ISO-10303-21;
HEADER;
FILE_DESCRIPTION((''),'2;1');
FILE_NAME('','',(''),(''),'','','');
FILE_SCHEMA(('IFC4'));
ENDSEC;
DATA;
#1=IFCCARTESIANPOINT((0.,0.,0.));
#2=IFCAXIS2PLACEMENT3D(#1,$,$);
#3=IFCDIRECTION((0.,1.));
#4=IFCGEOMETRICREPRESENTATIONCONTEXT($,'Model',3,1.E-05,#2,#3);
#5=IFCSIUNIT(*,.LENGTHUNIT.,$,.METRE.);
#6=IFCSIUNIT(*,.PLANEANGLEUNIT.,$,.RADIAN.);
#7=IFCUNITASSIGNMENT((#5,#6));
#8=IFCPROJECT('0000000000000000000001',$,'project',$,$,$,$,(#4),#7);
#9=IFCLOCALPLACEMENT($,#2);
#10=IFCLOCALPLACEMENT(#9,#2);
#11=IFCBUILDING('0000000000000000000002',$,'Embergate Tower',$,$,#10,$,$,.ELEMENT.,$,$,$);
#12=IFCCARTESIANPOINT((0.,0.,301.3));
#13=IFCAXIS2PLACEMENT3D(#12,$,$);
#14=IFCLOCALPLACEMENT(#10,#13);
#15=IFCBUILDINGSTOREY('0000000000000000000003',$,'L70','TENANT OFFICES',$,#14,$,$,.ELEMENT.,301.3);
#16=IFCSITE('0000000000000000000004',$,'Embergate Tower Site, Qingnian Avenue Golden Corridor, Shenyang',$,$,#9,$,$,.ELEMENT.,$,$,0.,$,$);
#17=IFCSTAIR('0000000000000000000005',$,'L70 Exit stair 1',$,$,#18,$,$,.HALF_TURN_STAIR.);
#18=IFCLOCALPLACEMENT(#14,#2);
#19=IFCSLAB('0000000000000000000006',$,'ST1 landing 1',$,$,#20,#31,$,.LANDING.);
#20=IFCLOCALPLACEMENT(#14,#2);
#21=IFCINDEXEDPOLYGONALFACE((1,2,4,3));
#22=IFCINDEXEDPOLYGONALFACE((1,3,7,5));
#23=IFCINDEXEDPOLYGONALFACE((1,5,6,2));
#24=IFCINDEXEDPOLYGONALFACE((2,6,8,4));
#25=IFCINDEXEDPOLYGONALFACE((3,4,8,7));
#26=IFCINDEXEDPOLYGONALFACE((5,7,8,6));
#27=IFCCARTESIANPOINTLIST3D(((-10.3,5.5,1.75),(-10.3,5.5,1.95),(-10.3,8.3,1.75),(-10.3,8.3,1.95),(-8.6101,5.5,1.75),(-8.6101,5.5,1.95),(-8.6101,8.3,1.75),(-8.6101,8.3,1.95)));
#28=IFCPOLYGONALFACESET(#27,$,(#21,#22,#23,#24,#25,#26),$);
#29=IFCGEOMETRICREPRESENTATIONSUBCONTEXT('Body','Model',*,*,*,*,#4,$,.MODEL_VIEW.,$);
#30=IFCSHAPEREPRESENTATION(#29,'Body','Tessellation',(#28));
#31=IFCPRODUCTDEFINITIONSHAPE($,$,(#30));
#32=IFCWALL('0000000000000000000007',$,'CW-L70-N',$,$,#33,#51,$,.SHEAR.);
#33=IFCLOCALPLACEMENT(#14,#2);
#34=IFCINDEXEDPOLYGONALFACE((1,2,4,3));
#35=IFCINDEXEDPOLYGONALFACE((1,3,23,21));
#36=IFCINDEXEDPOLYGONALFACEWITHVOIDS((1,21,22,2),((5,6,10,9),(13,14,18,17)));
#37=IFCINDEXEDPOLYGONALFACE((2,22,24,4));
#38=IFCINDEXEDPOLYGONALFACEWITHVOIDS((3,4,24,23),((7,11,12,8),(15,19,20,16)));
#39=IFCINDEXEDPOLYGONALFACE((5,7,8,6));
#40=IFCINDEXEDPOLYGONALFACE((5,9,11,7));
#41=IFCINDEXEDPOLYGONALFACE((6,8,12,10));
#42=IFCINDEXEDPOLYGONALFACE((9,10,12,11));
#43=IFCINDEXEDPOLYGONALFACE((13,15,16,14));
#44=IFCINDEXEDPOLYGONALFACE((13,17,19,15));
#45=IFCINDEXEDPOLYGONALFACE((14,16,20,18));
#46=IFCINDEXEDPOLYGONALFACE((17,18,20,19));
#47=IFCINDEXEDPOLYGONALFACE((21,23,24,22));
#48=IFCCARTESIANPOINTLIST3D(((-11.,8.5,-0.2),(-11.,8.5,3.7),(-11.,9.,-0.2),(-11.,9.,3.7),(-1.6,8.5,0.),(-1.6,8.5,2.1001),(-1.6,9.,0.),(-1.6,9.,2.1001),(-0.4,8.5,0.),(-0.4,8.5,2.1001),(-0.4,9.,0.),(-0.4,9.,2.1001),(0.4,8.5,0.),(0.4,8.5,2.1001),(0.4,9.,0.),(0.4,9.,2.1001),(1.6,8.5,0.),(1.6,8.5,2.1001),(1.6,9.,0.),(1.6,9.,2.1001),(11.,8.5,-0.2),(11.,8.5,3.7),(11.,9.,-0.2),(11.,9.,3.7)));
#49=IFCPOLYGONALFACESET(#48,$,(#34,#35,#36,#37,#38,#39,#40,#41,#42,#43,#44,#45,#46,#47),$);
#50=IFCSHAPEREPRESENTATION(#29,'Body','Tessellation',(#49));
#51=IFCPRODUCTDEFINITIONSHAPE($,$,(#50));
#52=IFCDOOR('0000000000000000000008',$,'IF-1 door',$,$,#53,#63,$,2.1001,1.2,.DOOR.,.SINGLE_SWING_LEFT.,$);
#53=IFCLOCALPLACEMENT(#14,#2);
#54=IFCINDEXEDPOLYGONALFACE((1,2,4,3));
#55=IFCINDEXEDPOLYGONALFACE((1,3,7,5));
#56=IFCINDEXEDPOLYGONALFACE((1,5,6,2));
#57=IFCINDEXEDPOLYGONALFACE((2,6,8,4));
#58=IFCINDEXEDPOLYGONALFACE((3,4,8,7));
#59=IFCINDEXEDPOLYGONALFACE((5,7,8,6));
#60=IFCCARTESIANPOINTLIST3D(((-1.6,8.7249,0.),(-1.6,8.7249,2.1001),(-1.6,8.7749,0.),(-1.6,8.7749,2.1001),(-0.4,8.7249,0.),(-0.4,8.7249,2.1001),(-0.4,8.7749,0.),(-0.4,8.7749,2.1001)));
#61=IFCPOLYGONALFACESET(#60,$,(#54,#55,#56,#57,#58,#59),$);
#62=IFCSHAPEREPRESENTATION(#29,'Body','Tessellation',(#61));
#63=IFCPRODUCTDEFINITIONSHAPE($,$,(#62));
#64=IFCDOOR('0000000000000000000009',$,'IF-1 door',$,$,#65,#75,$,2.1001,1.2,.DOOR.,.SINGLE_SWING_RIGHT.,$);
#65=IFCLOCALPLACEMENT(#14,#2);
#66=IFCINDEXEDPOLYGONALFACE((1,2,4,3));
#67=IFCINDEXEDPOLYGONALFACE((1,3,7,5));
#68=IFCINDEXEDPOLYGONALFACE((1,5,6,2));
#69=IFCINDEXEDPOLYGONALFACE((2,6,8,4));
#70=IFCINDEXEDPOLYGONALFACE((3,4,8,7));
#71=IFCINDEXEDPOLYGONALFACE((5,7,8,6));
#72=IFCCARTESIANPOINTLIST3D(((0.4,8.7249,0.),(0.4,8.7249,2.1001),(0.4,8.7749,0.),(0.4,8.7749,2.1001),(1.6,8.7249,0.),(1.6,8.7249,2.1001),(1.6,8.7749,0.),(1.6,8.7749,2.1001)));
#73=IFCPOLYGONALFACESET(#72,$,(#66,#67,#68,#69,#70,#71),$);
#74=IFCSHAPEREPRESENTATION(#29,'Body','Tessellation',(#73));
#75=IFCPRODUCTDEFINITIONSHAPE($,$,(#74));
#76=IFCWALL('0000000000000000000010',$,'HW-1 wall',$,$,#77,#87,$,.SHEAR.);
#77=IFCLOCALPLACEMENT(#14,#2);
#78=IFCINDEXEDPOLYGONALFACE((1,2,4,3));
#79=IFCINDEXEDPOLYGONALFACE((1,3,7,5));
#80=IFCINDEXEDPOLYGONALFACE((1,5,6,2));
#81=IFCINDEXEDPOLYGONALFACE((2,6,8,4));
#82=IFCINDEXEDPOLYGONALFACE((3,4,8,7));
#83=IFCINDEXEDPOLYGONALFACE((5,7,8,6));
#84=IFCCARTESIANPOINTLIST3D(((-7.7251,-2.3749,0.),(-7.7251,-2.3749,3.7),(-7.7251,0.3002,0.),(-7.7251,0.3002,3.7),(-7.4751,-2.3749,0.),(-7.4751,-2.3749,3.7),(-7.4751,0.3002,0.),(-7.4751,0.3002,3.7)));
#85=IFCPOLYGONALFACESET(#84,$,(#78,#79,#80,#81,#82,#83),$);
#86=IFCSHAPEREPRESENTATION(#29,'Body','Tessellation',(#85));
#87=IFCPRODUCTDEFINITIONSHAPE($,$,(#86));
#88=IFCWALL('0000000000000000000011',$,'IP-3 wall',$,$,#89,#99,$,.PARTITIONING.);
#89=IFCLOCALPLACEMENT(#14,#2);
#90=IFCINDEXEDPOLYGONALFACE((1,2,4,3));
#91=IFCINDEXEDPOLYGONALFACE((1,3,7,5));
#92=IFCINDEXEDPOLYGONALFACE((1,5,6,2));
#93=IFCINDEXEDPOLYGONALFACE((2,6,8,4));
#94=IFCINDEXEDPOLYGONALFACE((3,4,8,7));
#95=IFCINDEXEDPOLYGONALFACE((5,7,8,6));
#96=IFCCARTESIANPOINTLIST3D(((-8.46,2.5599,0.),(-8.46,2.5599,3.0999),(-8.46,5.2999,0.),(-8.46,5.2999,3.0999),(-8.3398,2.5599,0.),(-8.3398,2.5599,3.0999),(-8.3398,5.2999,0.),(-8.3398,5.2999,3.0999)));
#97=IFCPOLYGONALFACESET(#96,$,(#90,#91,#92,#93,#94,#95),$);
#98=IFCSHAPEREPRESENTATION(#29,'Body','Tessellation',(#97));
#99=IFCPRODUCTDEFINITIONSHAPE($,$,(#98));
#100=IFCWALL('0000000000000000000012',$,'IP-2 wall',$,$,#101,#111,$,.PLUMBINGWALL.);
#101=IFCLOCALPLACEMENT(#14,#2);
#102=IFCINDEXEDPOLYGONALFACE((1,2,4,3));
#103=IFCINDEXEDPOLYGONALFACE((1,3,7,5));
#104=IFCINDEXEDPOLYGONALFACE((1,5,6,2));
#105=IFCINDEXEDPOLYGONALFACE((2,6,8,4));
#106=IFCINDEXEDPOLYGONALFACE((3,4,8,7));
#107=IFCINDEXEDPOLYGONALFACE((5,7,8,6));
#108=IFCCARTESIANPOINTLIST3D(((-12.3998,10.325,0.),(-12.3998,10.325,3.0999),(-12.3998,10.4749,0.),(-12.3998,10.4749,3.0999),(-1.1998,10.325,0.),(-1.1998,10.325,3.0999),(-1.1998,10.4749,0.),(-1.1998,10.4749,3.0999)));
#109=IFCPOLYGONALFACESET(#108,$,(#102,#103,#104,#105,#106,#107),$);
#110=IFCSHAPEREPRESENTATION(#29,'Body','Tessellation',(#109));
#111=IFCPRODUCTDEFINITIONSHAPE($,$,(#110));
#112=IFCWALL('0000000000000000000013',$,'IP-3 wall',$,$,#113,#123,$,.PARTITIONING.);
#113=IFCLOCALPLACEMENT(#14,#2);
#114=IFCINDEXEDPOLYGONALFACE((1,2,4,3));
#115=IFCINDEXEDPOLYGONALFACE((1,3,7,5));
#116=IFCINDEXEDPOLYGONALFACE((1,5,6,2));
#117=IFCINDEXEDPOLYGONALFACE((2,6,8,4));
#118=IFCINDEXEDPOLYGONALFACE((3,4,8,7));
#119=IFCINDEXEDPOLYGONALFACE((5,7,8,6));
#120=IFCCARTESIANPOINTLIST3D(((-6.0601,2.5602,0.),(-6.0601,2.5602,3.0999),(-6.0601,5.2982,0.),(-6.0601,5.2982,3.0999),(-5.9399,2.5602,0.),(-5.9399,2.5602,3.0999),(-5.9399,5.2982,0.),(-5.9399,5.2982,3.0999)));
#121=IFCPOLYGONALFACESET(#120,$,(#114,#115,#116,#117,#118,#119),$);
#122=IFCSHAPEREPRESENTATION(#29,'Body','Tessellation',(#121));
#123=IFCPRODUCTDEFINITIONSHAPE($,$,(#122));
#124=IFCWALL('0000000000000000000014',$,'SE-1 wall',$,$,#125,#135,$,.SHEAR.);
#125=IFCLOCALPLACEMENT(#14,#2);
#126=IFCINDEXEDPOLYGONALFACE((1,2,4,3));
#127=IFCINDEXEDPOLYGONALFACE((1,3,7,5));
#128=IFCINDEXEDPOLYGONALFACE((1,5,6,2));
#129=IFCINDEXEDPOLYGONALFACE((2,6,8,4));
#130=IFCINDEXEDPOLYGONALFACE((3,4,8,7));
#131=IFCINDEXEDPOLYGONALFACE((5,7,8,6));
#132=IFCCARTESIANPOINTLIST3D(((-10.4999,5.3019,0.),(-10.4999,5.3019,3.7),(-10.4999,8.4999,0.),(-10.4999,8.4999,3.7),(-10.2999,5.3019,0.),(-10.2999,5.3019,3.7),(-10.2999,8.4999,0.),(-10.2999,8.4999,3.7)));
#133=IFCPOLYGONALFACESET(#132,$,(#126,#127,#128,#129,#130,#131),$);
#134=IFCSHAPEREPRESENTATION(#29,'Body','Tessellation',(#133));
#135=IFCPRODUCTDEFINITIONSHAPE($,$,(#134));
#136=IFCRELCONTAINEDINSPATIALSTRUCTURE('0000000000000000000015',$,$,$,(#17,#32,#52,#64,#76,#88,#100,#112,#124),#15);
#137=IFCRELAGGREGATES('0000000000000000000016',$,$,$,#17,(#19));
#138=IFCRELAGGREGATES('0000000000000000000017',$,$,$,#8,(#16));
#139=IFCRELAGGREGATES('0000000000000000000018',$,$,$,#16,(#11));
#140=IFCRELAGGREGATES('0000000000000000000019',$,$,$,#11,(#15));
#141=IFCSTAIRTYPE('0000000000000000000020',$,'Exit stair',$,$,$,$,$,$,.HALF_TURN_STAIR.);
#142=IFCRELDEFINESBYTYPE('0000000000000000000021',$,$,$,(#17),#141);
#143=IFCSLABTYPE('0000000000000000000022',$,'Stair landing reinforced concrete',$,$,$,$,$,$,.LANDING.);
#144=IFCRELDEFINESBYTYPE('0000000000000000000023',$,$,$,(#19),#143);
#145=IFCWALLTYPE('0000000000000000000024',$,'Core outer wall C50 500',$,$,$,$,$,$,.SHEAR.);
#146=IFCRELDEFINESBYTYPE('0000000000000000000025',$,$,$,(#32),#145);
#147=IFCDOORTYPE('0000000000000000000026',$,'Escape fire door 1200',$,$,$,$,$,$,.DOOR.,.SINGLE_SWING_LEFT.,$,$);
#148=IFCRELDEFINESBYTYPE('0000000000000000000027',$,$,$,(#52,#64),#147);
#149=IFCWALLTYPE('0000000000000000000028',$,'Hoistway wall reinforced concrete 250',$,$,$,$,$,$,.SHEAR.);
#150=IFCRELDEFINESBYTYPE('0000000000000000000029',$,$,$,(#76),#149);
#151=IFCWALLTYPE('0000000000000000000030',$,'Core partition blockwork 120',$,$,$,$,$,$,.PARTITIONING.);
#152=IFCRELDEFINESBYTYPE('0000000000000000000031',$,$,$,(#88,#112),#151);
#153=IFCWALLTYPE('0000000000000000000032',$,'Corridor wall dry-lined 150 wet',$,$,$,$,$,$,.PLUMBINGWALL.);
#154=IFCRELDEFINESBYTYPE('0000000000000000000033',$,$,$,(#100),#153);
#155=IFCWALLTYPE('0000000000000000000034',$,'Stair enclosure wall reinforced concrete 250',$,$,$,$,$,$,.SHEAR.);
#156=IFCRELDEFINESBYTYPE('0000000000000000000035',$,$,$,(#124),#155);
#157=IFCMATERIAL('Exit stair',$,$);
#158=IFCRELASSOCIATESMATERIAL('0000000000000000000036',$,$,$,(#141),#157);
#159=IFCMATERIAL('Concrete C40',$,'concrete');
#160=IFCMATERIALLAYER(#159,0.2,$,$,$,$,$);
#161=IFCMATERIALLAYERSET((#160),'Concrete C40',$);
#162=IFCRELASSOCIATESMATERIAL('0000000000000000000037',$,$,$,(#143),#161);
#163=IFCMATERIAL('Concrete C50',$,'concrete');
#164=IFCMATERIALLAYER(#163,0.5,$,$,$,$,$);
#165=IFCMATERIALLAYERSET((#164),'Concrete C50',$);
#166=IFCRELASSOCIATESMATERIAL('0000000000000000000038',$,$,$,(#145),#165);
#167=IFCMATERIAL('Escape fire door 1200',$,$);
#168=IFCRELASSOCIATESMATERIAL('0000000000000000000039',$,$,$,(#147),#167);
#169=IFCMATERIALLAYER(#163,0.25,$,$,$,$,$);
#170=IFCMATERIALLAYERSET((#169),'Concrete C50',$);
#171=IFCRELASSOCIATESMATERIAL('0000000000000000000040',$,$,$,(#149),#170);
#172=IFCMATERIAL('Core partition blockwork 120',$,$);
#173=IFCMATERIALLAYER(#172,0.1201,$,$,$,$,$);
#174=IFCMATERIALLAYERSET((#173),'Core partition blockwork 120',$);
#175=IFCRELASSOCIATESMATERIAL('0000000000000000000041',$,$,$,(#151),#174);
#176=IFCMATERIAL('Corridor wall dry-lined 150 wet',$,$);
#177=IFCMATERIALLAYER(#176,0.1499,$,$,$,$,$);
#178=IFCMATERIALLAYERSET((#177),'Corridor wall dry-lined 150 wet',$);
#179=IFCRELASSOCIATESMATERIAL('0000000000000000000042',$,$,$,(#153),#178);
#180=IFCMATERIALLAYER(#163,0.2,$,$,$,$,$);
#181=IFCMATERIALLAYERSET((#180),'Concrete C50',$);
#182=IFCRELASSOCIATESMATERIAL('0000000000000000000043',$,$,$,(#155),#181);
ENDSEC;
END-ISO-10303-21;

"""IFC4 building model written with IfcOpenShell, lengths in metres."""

from ifc_helpers import new_model, si_unit, direction, frame, frame_2d, origin, place, context, subcontext, project, spatial, polyline, rectangle, outline, extrude, source, transform, mapped, material, layer, layer_set, type_object, element, fill, aggregate, save


model = new_model("IFC4")

# Units and contexts
model_context = context("Model", 3, precision=1e-05, world=origin(), true_north=direction((0.0, 1.0)))
body_context = subcontext(model_context, "Body", "Model", "MODEL_VIEW")
ifc_project = project(units=[si_unit("LENGTHUNIT", "METRE"), si_unit("PLANEANGLEUNIT", "RADIAN")], contexts=[model_context])

# Site, building, storey
site_placement = place(None, origin())
site = spatial("IfcSite", under=ifc_project, at=site_placement, Name="Embergate Tower Site, Qingnian Avenue Golden Corridor, Shenyang", CompositionType="ELEMENT", RefElevation=0.0)
building_placement = place(site_placement, origin())
building = spatial("IfcBuilding", under=site, at=building_placement, Name="Embergate Tower", CompositionType="ELEMENT")
storey_placement = place(building_placement, frame((0.0, 0.0, 301.3)))
storey = spatial("IfcBuildingStorey", under=building, at=storey_placement, Name="L70", Description="TENANT OFFICES", CompositionType="ELEMENT", Elevation=301.3)

# Stair, slab
ifc_material_1 = material(Name="Exit stair")
stair_type = type_object("IfcStairType", Name="Exit stair", PredefinedType="HALF_TURN_STAIR", material=ifc_material_1)
stair_placement = place(storey_placement, origin())
stair = element("IfcStair", 1, at=stair_placement, inside=storey, type_object=stair_type, Name="L70 Exit stair 1", PredefinedType="HALF_TURN_STAIR")
ifc_material_2 = material(Name="Concrete C40", Category="concrete")
ifc_layer_1 = layer(ifc_material_2, 0.2)
ifc_layer_set_1 = layer_set([ifc_layer_1], Name="Concrete C40")
slab_type = type_object("IfcSlabType", Name="Stair landing reinforced concrete", PredefinedType="LANDING", material=ifc_layer_set_1)
shared_shape_1 = source(origin(), body_context, "Body", "SweptSolid", [
    extrude(outline(polyline([(0.0, 0.0), (1.6899, 0.0), (1.6899, 2.8), (0.0, 2.8), (0.0, 0.0)])), origin(), (0.0, 0.0, 1.0), 0.2),
])
slab_placement = place(storey_placement, frame((-10.3, 5.5, 1.75)))
slab = element("IfcSlab", 2, at=slab_placement, type_object=slab_type, Name="ST1 landing 1", PredefinedType="LANDING", context=body_context, shape_type="MappedRepresentation", body=[
    mapped(shared_shape_1, transform((0.0, 0.0, 0.0))),
])

# Wall, openings, doors
ifc_material_3 = material(Name="Concrete C50", Category="concrete")
ifc_layer_2 = layer(ifc_material_3, 0.5)
ifc_layer_set_2 = layer_set([ifc_layer_2], Name="Concrete C50")
wall_type_1 = type_object("IfcWallType", Name="Core outer wall C50 500", PredefinedType="SHEAR", material=ifc_layer_set_2)
shared_shape_2 = source(origin(), body_context, "Body", "SweptSolid", [
    extrude(rectangle(XDim=22.0, YDim=0.5, at=frame_2d((11.0, 0.0))), origin(), (0.0, 0.0, 1.0), 3.8999),
])
wall_1_placement = place(storey_placement, frame((-11.0, 8.75, -0.2), z_axis=(0.0, 0.0, 1.0), x_axis=(1.0, 0.0, 0.0)))
wall_1 = element("IfcWall", 3, at=wall_1_placement, inside=storey, type_object=wall_type_1, Name="CW-L70-N", PredefinedType="SHEAR", context=body_context, shape_type="MappedRepresentation", body=[
    mapped(shared_shape_2, transform((0.0, 0.0, 0.0))),
])
shared_shape_3 = source(origin(), body_context, "Body", "SweptSolid", [
    extrude(rectangle(XDim=1.2, YDim=2.1001, at=frame_2d((0.6001, 1.05))), frame((0.0, 0.26, 0.0), z_axis=(0.0, -1.0, 0.0), x_axis=(1.0, 0.0, 0.0)), (0.0, 0.0, 1.0), 0.52),
])
opening_1_placement = place(wall_1_placement, frame((9.3999, 0.0, 0.2)))
opening_1 = element("IfcOpeningElement", 4, at=opening_1_placement, cuts=wall_1, PredefinedType="OPENING", context=body_context, shape_type="MappedRepresentation", body=[
    mapped(shared_shape_3, transform((0.0, 0.0, 0.0))),
])
opening_2_placement = place(wall_1_placement, frame((11.3999, 0.0, 0.2)))
opening_2 = element("IfcOpeningElement", 5, at=opening_2_placement, cuts=wall_1, PredefinedType="OPENING", context=body_context, shape_type="MappedRepresentation", body=[
    mapped(shared_shape_3, transform((0.0, 0.0, 0.0))),
])
ifc_material_4 = material(Name="Escape fire door 1200")
door_type_1 = type_object("IfcDoorType", Name="Escape fire door 1200", OperationType="SINGLE_SWING_LEFT", PredefinedType="DOOR", material=ifc_material_4)
shared_shape_4 = source(origin(), body_context, "Body", "SweptSolid", [
    extrude(rectangle(XDim=1.2, YDim=2.1001, at=frame_2d((0.6001, 1.05))), frame((0.0, 0.0249, 0.0), z_axis=(0.0, -1.0, 0.0), x_axis=(1.0, 0.0, 0.0)), (0.0, 0.0, 1.0), 0.05),
])
door_1_placement = place(opening_1_placement, origin())
door_1 = element("IfcDoor", 6, at=door_1_placement, inside=storey, type_object=door_type_1, Name="IF-1 door", OperationType="SINGLE_SWING_LEFT", OverallHeight=2.1001, OverallWidth=1.2, PredefinedType="DOOR", context=body_context, shape_type="MappedRepresentation", body=[
    mapped(shared_shape_4, transform((0.0, 0.0, 0.0))),
])
fill(opening_1, door_1)
door_2_placement = place(opening_2_placement, origin())
door_2 = element("IfcDoor", 7, at=door_2_placement, inside=storey, type_object=door_type_1, Name="IF-1 door", OperationType="SINGLE_SWING_RIGHT", OverallHeight=2.1001, OverallWidth=1.2, PredefinedType="DOOR", context=body_context, shape_type="MappedRepresentation", body=[
    mapped(shared_shape_4, transform((0.0, 0.0, 0.0))),
])
fill(opening_2, door_2)

# Walls
ifc_layer_3 = layer(ifc_material_3, 0.25)
ifc_layer_set_3 = layer_set([ifc_layer_3], Name="Concrete C50")
wall_type_2 = type_object("IfcWallType", Name="Hoistway wall reinforced concrete 250", PredefinedType="SHEAR", material=ifc_layer_set_3)
shared_shape_5 = source(origin(), body_context, "Body", "SweptSolid", [
    extrude(rectangle(XDim=2.675, YDim=0.25, at=frame_2d((1.3374, 0.0))), origin(), (0.0, 0.0, 1.0), 3.7),
])
wall_2_placement = place(storey_placement, frame((-7.6001, 0.3, 0.0), z_axis=(0.0, 0.0, 1.0), x_axis=(0.0, -1.0, 0.0)))
element("IfcWall", 8, at=wall_2_placement, inside=storey, type_object=wall_type_2, Name="HW-1 wall", PredefinedType="SHEAR", context=body_context, shape_type="MappedRepresentation", body=[
    mapped(shared_shape_5, transform((0.0, 0.0, 0.0))),
])
ifc_material_5 = material(Name="Core partition blockwork 120")
ifc_layer_4 = layer(ifc_material_5, 0.1201)
ifc_layer_set_4 = layer_set([ifc_layer_4], Name="Core partition blockwork 120")
wall_type_3 = type_object("IfcWallType", Name="Core partition blockwork 120", PredefinedType="PARTITIONING", material=ifc_layer_set_4)
shared_shape_6 = source(origin(), body_context, "Body", "SweptSolid", [
    extrude(rectangle(XDim=2.74, YDim=0.1201, at=frame_2d((1.3701, 0.0))), origin(), (0.0, 0.0, 1.0), 3.0999),
])
wall_3_placement = place(storey_placement, frame((-8.3999, 5.3, 0.0), z_axis=(0.0, 0.0, 1.0), x_axis=(0.0, -1.0, 0.0)))
element("IfcWall", 9, at=wall_3_placement, inside=storey, type_object=wall_type_3, Name="IP-3 wall", PredefinedType="PARTITIONING", context=body_context, shape_type="MappedRepresentation", body=[
    mapped(shared_shape_6, transform((0.0, 0.0, 0.0))),
])
ifc_material_6 = material(Name="Corridor wall dry-lined 150 wet")
ifc_layer_5 = layer(ifc_material_6, 0.1499)
ifc_layer_set_5 = layer_set([ifc_layer_5], Name="Corridor wall dry-lined 150 wet")
wall_type_4 = type_object("IfcWallType", Name="Corridor wall dry-lined 150 wet", PredefinedType="PLUMBINGWALL", material=ifc_layer_set_5)
shared_shape_7 = source(origin(), body_context, "Body", "SweptSolid", [
    extrude(rectangle(XDim=11.2, YDim=0.1499, at=frame_2d((5.6001, 0.0))), origin(), (0.0, 0.0, 1.0), 3.0999),
])
wall_4_placement = place(storey_placement, frame((-12.3999, 10.3999, 0.0), z_axis=(0.0, 0.0, 1.0), x_axis=(1.0, 0.0, 0.0)))
element("IfcWall", 10, at=wall_4_placement, inside=storey, type_object=wall_type_4, Name="IP-2 wall", PredefinedType="PLUMBINGWALL", context=body_context, shape_type="MappedRepresentation", body=[
    mapped(shared_shape_7, transform((0.0, 0.0, 0.0))),
])
shared_shape_8 = source(origin(), body_context, "Body", "SweptSolid", [
    extrude(rectangle(XDim=2.738, YDim=0.1201, at=frame_2d((1.3691, 0.0))), origin(), (0.0, 0.0, 1.0), 3.0999),
])
wall_5_placement = place(storey_placement, frame((-6.0, 2.5601, 0.0), z_axis=(0.0, 0.0, 1.0), x_axis=(0.0, 1.0, 0.0)))
element("IfcWall", 11, at=wall_5_placement, inside=storey, type_object=wall_type_3, Name="IP-3 wall", PredefinedType="PARTITIONING", context=body_context, shape_type="MappedRepresentation", body=[
    mapped(shared_shape_8, transform((0.0, 0.0, 0.0))),
])
ifc_layer_6 = layer(ifc_material_3, 0.2)
ifc_layer_set_6 = layer_set([ifc_layer_6], Name="Concrete C50")
wall_type_5 = type_object("IfcWallType", Name="Stair enclosure wall reinforced concrete 250", PredefinedType="SHEAR", material=ifc_layer_set_6)
shared_shape_9 = source(origin(), body_context, "Body", "SweptSolid", [
    extrude(rectangle(XDim=3.198, YDim=0.2, at=frame_2d((1.5991, 0.0))), origin(), (0.0, 0.0, 1.0), 3.7),
])
wall_6_placement = place(storey_placement, frame((-10.3999, 8.5, 0.0), z_axis=(0.0, 0.0, 1.0), x_axis=(0.0, -1.0, 0.0)))
element("IfcWall", 12, at=wall_6_placement, inside=storey, type_object=wall_type_5, Name="SE-1 wall", PredefinedType="SHEAR", context=body_context, shape_type="MappedRepresentation", body=[
    mapped(shared_shape_9, transform((0.0, 0.0, 0.0))),
])

aggregate(stair, [slab])

save(model, "model.ifc")
